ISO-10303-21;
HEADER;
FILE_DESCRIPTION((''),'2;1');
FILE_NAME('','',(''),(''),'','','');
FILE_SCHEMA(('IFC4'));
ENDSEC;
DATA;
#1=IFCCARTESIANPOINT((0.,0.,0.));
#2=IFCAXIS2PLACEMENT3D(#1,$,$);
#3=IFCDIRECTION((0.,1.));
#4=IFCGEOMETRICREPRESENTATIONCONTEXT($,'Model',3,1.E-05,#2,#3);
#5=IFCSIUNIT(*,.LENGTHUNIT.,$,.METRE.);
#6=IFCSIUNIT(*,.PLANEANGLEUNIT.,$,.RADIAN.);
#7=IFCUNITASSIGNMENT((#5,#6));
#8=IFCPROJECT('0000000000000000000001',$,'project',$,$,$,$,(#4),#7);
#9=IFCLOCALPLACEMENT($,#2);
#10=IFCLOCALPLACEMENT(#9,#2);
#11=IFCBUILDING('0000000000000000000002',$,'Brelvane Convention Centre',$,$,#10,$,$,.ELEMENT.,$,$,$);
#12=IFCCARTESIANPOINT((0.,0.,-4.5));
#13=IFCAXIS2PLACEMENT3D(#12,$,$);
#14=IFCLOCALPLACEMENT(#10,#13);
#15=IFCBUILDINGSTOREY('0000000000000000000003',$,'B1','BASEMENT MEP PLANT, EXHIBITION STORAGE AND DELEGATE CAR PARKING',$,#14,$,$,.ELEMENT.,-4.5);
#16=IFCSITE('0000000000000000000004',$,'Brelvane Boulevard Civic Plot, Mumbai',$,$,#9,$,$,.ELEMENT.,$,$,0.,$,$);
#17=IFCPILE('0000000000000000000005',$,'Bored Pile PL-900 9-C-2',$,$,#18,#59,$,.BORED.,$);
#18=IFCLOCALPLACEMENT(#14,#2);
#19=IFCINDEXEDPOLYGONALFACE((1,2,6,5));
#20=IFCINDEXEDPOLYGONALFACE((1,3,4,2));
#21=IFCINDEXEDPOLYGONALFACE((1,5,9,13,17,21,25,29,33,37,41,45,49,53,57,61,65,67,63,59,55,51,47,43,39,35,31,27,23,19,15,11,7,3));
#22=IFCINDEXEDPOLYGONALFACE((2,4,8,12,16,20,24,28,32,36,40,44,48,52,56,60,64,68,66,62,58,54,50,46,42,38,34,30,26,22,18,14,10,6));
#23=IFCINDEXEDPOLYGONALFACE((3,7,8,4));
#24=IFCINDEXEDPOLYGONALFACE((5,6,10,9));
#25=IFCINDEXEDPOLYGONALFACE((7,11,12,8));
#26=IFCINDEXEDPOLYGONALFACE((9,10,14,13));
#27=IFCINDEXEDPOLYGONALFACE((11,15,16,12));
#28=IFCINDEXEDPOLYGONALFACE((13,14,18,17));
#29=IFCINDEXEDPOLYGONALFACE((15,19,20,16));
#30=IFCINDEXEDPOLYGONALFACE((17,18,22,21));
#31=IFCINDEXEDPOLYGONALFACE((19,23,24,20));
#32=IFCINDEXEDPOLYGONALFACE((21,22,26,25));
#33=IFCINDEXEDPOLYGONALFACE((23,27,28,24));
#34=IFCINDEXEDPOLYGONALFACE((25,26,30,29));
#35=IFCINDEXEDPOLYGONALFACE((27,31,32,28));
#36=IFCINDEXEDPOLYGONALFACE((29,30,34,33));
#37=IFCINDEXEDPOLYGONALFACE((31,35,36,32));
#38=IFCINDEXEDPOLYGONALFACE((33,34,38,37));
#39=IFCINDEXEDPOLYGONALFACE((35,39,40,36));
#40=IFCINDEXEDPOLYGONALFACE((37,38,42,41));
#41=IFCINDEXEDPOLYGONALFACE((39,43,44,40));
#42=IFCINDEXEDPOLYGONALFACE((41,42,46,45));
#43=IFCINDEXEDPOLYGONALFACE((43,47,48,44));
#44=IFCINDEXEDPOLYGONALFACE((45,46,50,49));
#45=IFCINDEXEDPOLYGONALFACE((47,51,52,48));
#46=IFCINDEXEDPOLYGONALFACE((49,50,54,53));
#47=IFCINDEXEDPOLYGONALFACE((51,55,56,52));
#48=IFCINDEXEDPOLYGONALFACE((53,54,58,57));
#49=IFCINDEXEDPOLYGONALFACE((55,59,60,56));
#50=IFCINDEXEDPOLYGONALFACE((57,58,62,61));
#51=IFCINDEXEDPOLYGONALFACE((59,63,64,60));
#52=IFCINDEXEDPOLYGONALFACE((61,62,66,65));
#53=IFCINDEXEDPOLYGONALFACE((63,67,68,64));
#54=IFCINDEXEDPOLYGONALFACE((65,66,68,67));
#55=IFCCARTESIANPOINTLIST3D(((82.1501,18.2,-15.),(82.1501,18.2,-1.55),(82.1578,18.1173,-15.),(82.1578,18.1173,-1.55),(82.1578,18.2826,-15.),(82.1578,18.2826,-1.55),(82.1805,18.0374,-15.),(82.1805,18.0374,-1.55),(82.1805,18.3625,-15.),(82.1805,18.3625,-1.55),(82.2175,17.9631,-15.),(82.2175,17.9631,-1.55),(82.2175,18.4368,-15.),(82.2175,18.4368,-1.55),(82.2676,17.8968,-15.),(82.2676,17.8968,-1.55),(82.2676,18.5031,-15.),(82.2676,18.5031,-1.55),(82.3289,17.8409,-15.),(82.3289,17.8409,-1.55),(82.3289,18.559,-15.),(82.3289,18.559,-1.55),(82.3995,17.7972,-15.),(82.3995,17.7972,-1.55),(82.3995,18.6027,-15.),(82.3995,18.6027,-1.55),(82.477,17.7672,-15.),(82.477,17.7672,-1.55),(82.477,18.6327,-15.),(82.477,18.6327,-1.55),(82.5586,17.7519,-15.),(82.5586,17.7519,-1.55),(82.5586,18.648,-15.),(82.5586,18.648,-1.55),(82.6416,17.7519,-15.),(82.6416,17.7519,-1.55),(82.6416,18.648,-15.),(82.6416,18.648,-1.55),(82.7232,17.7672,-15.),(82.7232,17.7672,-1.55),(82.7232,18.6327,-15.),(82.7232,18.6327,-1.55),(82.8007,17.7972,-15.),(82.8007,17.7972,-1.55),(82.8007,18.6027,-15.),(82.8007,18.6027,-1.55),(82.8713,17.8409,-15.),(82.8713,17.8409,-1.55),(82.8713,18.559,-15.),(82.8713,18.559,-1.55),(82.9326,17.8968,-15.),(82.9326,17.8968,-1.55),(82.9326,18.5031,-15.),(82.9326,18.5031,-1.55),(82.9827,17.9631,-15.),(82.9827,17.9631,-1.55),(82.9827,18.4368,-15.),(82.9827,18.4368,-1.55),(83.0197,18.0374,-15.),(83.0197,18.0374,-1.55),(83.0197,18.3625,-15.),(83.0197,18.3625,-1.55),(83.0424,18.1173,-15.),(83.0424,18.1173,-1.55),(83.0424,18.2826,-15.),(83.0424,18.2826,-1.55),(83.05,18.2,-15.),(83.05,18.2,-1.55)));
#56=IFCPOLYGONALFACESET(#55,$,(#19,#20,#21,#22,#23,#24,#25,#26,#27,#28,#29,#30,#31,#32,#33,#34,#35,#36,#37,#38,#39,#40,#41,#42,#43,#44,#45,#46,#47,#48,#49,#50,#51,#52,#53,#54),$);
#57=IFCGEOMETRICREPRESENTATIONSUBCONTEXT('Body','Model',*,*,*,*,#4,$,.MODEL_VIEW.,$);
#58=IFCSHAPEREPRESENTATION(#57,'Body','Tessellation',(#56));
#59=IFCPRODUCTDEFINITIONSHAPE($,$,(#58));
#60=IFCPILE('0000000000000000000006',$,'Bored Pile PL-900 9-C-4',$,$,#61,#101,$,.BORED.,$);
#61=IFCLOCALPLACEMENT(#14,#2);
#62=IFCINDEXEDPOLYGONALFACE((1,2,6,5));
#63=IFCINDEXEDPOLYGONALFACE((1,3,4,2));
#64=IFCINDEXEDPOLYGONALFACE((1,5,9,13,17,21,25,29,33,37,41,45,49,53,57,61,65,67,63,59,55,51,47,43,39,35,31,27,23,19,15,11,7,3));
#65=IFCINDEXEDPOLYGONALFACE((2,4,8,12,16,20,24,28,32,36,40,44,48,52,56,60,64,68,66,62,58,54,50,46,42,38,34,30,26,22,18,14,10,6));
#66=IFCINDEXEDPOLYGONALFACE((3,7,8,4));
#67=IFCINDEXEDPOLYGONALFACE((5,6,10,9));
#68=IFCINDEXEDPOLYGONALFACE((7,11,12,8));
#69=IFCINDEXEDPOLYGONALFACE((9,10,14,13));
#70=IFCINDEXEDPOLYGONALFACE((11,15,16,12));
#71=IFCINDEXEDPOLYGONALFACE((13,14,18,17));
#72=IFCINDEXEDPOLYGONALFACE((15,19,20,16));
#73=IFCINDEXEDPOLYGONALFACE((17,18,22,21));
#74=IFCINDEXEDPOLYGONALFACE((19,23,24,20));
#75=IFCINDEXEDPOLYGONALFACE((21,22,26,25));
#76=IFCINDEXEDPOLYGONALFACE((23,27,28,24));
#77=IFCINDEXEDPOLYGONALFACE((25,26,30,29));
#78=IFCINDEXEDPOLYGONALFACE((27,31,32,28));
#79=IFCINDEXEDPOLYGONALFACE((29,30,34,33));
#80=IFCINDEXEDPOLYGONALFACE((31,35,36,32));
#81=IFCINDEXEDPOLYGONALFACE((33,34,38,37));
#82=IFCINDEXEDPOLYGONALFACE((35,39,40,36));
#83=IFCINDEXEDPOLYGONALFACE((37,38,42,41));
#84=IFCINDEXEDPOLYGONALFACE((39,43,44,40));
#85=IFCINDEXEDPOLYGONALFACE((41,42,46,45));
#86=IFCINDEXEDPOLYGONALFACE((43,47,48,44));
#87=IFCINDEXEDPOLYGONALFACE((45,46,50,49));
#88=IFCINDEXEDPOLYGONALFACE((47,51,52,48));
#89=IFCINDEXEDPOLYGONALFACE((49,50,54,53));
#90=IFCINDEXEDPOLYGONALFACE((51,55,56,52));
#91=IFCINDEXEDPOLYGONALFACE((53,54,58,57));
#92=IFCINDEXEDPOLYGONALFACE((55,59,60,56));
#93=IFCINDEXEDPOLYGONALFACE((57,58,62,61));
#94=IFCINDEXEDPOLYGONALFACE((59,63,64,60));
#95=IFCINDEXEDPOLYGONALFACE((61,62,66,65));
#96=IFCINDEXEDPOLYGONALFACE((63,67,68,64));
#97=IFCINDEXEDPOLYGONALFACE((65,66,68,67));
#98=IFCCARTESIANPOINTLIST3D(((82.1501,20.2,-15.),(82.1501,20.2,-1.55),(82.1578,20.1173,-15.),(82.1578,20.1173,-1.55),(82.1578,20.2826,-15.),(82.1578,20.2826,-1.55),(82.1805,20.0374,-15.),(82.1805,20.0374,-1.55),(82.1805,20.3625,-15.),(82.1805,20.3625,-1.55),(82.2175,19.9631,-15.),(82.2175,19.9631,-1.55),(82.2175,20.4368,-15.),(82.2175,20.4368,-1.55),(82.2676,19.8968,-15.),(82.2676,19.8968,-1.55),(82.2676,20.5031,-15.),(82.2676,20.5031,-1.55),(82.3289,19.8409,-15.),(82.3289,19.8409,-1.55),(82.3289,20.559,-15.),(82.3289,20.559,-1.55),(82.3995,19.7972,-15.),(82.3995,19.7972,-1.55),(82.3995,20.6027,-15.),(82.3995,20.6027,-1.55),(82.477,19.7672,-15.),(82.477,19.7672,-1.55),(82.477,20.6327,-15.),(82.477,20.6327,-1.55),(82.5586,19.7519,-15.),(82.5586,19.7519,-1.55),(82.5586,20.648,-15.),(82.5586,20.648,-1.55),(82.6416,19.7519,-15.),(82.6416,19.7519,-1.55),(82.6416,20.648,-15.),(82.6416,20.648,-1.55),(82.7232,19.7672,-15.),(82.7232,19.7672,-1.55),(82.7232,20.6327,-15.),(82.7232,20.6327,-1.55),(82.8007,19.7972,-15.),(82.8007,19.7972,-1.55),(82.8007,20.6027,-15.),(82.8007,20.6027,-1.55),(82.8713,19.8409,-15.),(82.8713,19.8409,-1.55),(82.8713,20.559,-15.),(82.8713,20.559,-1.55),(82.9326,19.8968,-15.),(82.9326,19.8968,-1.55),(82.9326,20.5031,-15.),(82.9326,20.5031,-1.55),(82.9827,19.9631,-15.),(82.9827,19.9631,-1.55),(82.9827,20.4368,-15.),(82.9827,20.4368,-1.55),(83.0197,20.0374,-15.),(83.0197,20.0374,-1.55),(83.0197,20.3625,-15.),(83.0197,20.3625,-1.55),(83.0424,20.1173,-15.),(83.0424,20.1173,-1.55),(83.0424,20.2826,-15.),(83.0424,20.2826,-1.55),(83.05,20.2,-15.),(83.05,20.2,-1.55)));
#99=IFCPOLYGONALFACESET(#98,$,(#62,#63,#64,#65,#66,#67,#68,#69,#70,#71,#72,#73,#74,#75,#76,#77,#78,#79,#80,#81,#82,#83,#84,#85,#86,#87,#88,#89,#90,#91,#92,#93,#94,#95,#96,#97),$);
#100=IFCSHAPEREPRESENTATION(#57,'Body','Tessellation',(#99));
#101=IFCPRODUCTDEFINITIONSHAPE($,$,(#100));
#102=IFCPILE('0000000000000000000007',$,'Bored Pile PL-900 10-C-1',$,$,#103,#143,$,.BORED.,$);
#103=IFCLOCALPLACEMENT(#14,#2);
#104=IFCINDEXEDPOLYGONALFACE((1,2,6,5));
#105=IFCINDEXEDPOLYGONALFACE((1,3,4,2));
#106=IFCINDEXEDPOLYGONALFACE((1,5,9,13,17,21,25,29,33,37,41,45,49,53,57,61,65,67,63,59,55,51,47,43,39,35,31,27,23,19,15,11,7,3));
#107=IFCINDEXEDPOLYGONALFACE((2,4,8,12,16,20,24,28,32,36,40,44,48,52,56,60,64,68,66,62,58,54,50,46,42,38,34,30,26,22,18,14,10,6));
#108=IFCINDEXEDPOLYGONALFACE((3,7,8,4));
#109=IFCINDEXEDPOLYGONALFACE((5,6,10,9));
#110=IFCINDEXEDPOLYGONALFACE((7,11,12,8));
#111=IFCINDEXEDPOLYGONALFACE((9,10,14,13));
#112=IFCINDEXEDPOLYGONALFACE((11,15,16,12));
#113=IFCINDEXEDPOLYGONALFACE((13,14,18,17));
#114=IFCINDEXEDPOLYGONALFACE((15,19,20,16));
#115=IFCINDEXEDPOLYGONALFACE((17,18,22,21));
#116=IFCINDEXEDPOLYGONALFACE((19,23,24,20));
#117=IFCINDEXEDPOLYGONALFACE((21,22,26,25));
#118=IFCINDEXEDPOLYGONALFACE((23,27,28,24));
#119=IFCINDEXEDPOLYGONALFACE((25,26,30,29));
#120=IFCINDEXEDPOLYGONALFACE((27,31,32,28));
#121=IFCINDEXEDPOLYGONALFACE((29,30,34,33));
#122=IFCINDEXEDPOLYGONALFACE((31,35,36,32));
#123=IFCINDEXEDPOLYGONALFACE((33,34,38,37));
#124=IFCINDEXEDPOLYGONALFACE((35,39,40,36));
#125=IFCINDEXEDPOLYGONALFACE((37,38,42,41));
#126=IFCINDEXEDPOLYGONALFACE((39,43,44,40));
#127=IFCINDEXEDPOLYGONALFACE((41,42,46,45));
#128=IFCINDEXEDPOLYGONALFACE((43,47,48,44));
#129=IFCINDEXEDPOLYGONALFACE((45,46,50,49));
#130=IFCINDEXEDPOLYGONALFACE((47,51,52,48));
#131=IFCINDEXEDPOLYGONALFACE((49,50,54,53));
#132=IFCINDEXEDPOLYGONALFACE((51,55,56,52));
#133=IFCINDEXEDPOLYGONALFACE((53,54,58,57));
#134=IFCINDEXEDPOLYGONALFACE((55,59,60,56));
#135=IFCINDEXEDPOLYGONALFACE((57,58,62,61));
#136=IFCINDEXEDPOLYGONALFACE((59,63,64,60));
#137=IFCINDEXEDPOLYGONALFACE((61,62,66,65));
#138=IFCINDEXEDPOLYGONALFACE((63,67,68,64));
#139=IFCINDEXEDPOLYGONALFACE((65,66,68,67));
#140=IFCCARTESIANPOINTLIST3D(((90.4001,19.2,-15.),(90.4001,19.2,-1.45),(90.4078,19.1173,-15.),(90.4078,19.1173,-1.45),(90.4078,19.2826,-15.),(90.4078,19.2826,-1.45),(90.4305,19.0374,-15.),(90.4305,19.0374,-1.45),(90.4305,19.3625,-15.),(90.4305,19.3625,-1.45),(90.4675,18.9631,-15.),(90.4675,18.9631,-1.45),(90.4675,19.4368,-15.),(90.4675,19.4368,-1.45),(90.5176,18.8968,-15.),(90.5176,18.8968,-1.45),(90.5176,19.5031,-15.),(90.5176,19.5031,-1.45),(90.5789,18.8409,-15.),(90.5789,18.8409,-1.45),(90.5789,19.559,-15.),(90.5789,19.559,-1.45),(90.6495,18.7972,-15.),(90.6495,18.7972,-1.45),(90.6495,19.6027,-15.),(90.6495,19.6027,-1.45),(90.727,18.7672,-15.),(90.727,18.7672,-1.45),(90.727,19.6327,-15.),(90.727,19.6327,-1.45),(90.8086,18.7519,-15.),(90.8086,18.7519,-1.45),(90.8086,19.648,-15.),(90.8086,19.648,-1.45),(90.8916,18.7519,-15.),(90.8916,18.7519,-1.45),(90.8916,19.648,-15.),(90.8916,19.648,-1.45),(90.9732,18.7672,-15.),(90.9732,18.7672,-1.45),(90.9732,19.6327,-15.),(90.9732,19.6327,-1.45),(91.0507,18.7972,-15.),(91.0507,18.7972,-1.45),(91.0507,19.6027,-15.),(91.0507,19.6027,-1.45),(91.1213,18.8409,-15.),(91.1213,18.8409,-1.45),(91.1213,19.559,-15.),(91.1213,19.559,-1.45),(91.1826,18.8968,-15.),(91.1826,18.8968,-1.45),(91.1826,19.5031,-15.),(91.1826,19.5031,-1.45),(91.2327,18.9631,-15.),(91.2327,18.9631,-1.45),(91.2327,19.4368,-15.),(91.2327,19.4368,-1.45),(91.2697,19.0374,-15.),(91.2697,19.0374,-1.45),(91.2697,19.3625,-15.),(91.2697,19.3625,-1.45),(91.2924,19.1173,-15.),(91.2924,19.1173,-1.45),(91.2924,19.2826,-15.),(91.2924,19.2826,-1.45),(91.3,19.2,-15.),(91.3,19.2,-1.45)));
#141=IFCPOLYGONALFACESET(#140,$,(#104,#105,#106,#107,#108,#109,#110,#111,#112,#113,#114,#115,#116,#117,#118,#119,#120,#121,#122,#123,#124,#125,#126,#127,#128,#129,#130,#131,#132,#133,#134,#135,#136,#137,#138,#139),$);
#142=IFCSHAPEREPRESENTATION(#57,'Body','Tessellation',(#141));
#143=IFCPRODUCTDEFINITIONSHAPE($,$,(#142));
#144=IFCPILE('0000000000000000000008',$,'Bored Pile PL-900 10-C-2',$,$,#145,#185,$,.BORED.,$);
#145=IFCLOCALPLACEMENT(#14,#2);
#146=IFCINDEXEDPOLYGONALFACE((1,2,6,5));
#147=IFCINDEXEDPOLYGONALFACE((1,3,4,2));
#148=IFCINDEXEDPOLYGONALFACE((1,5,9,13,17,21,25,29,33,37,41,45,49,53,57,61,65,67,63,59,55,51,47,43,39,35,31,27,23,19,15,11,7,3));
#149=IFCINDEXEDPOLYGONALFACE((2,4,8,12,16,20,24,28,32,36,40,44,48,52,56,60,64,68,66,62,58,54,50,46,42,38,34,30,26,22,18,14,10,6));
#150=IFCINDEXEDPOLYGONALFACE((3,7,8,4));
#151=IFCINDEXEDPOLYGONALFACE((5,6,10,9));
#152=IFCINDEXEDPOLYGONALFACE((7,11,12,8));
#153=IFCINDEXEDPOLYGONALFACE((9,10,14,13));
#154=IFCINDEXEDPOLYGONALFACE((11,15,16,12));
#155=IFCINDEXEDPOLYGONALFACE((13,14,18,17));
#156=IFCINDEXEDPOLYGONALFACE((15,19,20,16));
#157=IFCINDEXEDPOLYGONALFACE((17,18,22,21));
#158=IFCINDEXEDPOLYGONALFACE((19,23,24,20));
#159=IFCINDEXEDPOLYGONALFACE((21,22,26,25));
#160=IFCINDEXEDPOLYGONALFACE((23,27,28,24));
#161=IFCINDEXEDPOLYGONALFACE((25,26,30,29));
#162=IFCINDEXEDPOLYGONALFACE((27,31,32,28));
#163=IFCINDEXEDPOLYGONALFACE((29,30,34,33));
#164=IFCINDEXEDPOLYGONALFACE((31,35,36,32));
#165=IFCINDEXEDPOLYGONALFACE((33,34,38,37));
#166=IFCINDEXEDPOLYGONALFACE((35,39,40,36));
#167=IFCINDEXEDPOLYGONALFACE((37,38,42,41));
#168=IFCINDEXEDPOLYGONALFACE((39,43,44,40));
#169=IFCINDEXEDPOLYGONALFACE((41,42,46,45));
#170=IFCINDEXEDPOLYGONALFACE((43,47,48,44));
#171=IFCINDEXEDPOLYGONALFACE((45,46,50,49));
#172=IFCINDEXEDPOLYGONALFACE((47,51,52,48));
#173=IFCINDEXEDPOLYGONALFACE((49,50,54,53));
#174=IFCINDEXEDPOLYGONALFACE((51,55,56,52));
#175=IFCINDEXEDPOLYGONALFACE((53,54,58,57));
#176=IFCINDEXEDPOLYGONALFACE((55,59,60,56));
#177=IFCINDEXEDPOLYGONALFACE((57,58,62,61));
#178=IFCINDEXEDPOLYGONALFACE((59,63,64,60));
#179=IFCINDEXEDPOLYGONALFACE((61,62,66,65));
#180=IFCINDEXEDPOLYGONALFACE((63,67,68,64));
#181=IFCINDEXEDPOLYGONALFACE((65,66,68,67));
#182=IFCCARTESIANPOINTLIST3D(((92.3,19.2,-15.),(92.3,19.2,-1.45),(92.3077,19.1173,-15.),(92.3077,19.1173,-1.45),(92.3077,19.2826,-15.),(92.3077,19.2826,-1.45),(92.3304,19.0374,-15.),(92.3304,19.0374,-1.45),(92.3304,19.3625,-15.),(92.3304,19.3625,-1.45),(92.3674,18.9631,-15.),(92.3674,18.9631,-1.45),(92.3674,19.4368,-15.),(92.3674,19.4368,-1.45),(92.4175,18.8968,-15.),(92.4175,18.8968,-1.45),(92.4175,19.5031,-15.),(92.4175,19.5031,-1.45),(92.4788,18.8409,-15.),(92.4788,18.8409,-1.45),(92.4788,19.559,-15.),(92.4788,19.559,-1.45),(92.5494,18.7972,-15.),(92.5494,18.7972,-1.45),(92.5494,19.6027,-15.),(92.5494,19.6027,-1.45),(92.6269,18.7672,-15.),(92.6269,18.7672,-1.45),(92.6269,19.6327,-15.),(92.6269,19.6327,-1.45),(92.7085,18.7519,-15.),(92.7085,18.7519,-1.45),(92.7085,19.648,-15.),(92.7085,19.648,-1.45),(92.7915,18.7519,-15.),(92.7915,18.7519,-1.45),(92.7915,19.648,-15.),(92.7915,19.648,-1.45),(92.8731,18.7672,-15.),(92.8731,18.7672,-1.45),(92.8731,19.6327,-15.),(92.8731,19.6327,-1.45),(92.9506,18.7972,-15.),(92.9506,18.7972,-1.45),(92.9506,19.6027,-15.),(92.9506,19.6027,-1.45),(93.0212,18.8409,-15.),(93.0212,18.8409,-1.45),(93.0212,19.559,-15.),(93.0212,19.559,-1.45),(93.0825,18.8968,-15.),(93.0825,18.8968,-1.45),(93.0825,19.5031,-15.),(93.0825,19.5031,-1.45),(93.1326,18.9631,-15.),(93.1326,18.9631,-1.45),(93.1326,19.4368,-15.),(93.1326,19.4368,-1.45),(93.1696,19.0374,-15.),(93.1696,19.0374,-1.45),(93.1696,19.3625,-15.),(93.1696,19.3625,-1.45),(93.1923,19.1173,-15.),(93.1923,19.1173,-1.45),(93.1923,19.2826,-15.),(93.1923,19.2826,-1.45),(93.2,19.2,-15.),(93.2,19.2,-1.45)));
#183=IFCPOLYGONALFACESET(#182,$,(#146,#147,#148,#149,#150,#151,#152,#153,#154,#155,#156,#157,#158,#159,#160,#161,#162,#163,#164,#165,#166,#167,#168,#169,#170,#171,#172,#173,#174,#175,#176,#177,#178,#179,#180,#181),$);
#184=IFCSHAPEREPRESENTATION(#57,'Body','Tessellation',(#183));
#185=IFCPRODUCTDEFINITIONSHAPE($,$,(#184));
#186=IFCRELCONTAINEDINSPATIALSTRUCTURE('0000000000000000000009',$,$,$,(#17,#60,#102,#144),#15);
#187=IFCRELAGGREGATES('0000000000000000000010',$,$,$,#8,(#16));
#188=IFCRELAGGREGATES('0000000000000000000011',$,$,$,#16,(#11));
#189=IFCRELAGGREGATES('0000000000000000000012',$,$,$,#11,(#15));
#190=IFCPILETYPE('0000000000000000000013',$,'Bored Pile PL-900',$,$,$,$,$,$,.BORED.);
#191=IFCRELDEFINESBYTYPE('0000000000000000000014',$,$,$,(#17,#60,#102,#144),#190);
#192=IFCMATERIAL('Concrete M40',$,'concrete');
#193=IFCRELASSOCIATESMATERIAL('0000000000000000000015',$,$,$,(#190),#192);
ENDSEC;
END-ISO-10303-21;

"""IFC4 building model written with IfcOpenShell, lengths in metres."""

from ifc_helpers import new_model, si_unit, direction, frame, origin, origin_2d, place, context, subcontext, project, spatial, circle, extrude, material, material_profile, profile_set, type_object, element, save


model = new_model("IFC4")

# Units and contexts
model_context = context("Model", 3, precision=1e-05, world=origin(), true_north=direction((0.0, 1.0)))
body_context = subcontext(model_context, "Body", "Model", "MODEL_VIEW")
ifc_project = project(units=[si_unit("LENGTHUNIT", "METRE"), si_unit("PLANEANGLEUNIT", "RADIAN")], contexts=[model_context])

# Site, building, storey
site_placement = place(None, origin())
site = spatial("IfcSite", under=ifc_project, at=site_placement, Name="Brelvane Boulevard Civic Plot, Mumbai", CompositionType="ELEMENT", RefElevation=0.0)
building_placement = place(site_placement, origin())
building = spatial("IfcBuilding", under=site, at=building_placement, Name="Brelvane Convention Centre", CompositionType="ELEMENT")
storey_placement = place(building_placement, frame((0.0, 0.0, -4.5)))
storey = spatial("IfcBuildingStorey", under=building, at=storey_placement, Name="B1", Description="BASEMENT MEP PLANT, EXHIBITION STORAGE AND DELEGATE CAR PARKING", CompositionType="ELEMENT", Elevation=-4.5)

# Piles
ifc_material_1 = material(Name="Concrete M40", Category="concrete")
ifc_material_profile_1 = material_profile(ifc_material_1, circle(Radius=0.45, at=origin_2d()), Name="PILE D900")
ifc_profile_set_1 = profile_set([ifc_material_profile_1], Name="Concrete M40")
pile_type = type_object("IfcPileType", Name="Bored Pile PL-900", PredefinedType="BORED", material=ifc_profile_set_1)
for number, where, z_axis, x_axis, name in (
    (1, (82.6001, 18.2, -1.55), (0.0, 0.0, -1.0), (1.0, 0.0, 0.0), "Bored Pile PL-900 9-C-2"),
    (2, (82.6001, 20.2, -1.55), (0.0, 0.0, -1.0), (1.0, 0.0, 0.0), "Bored Pile PL-900 9-C-4"),
):
    element("IfcPile", number, at=place(storey_placement, frame(where, z_axis=z_axis, x_axis=x_axis)), inside=storey, type_object=pile_type, Name=name, PredefinedType="BORED", context=body_context, shape_type="SweptSolid", body=[
        extrude(circle(Radius=0.45, at=origin_2d()), origin(), (0.0, 0.0, 1.0), 13.45),
    ])
for number, where, z_axis, x_axis, name in (
    (3, (90.8501, 19.2, -1.45), (0.0, 0.0, -1.0), (1.0, 0.0, 0.0), "Bored Pile PL-900 10-C-1"),
    (4, (92.75, 19.2, -1.45), (0.0, 0.0, -1.0), (1.0, 0.0, 0.0), "Bored Pile PL-900 10-C-2"),
):
    element("IfcPile", number, at=place(storey_placement, frame(where, z_axis=z_axis, x_axis=x_axis)), inside=storey, type_object=pile_type, Name=name, PredefinedType="BORED", context=body_context, shape_type="SweptSolid", body=[
        extrude(circle(Radius=0.45, at=origin_2d()), origin(), (0.0, 0.0, 1.0), 13.55),
    ])

save(model, "model.ifc")
